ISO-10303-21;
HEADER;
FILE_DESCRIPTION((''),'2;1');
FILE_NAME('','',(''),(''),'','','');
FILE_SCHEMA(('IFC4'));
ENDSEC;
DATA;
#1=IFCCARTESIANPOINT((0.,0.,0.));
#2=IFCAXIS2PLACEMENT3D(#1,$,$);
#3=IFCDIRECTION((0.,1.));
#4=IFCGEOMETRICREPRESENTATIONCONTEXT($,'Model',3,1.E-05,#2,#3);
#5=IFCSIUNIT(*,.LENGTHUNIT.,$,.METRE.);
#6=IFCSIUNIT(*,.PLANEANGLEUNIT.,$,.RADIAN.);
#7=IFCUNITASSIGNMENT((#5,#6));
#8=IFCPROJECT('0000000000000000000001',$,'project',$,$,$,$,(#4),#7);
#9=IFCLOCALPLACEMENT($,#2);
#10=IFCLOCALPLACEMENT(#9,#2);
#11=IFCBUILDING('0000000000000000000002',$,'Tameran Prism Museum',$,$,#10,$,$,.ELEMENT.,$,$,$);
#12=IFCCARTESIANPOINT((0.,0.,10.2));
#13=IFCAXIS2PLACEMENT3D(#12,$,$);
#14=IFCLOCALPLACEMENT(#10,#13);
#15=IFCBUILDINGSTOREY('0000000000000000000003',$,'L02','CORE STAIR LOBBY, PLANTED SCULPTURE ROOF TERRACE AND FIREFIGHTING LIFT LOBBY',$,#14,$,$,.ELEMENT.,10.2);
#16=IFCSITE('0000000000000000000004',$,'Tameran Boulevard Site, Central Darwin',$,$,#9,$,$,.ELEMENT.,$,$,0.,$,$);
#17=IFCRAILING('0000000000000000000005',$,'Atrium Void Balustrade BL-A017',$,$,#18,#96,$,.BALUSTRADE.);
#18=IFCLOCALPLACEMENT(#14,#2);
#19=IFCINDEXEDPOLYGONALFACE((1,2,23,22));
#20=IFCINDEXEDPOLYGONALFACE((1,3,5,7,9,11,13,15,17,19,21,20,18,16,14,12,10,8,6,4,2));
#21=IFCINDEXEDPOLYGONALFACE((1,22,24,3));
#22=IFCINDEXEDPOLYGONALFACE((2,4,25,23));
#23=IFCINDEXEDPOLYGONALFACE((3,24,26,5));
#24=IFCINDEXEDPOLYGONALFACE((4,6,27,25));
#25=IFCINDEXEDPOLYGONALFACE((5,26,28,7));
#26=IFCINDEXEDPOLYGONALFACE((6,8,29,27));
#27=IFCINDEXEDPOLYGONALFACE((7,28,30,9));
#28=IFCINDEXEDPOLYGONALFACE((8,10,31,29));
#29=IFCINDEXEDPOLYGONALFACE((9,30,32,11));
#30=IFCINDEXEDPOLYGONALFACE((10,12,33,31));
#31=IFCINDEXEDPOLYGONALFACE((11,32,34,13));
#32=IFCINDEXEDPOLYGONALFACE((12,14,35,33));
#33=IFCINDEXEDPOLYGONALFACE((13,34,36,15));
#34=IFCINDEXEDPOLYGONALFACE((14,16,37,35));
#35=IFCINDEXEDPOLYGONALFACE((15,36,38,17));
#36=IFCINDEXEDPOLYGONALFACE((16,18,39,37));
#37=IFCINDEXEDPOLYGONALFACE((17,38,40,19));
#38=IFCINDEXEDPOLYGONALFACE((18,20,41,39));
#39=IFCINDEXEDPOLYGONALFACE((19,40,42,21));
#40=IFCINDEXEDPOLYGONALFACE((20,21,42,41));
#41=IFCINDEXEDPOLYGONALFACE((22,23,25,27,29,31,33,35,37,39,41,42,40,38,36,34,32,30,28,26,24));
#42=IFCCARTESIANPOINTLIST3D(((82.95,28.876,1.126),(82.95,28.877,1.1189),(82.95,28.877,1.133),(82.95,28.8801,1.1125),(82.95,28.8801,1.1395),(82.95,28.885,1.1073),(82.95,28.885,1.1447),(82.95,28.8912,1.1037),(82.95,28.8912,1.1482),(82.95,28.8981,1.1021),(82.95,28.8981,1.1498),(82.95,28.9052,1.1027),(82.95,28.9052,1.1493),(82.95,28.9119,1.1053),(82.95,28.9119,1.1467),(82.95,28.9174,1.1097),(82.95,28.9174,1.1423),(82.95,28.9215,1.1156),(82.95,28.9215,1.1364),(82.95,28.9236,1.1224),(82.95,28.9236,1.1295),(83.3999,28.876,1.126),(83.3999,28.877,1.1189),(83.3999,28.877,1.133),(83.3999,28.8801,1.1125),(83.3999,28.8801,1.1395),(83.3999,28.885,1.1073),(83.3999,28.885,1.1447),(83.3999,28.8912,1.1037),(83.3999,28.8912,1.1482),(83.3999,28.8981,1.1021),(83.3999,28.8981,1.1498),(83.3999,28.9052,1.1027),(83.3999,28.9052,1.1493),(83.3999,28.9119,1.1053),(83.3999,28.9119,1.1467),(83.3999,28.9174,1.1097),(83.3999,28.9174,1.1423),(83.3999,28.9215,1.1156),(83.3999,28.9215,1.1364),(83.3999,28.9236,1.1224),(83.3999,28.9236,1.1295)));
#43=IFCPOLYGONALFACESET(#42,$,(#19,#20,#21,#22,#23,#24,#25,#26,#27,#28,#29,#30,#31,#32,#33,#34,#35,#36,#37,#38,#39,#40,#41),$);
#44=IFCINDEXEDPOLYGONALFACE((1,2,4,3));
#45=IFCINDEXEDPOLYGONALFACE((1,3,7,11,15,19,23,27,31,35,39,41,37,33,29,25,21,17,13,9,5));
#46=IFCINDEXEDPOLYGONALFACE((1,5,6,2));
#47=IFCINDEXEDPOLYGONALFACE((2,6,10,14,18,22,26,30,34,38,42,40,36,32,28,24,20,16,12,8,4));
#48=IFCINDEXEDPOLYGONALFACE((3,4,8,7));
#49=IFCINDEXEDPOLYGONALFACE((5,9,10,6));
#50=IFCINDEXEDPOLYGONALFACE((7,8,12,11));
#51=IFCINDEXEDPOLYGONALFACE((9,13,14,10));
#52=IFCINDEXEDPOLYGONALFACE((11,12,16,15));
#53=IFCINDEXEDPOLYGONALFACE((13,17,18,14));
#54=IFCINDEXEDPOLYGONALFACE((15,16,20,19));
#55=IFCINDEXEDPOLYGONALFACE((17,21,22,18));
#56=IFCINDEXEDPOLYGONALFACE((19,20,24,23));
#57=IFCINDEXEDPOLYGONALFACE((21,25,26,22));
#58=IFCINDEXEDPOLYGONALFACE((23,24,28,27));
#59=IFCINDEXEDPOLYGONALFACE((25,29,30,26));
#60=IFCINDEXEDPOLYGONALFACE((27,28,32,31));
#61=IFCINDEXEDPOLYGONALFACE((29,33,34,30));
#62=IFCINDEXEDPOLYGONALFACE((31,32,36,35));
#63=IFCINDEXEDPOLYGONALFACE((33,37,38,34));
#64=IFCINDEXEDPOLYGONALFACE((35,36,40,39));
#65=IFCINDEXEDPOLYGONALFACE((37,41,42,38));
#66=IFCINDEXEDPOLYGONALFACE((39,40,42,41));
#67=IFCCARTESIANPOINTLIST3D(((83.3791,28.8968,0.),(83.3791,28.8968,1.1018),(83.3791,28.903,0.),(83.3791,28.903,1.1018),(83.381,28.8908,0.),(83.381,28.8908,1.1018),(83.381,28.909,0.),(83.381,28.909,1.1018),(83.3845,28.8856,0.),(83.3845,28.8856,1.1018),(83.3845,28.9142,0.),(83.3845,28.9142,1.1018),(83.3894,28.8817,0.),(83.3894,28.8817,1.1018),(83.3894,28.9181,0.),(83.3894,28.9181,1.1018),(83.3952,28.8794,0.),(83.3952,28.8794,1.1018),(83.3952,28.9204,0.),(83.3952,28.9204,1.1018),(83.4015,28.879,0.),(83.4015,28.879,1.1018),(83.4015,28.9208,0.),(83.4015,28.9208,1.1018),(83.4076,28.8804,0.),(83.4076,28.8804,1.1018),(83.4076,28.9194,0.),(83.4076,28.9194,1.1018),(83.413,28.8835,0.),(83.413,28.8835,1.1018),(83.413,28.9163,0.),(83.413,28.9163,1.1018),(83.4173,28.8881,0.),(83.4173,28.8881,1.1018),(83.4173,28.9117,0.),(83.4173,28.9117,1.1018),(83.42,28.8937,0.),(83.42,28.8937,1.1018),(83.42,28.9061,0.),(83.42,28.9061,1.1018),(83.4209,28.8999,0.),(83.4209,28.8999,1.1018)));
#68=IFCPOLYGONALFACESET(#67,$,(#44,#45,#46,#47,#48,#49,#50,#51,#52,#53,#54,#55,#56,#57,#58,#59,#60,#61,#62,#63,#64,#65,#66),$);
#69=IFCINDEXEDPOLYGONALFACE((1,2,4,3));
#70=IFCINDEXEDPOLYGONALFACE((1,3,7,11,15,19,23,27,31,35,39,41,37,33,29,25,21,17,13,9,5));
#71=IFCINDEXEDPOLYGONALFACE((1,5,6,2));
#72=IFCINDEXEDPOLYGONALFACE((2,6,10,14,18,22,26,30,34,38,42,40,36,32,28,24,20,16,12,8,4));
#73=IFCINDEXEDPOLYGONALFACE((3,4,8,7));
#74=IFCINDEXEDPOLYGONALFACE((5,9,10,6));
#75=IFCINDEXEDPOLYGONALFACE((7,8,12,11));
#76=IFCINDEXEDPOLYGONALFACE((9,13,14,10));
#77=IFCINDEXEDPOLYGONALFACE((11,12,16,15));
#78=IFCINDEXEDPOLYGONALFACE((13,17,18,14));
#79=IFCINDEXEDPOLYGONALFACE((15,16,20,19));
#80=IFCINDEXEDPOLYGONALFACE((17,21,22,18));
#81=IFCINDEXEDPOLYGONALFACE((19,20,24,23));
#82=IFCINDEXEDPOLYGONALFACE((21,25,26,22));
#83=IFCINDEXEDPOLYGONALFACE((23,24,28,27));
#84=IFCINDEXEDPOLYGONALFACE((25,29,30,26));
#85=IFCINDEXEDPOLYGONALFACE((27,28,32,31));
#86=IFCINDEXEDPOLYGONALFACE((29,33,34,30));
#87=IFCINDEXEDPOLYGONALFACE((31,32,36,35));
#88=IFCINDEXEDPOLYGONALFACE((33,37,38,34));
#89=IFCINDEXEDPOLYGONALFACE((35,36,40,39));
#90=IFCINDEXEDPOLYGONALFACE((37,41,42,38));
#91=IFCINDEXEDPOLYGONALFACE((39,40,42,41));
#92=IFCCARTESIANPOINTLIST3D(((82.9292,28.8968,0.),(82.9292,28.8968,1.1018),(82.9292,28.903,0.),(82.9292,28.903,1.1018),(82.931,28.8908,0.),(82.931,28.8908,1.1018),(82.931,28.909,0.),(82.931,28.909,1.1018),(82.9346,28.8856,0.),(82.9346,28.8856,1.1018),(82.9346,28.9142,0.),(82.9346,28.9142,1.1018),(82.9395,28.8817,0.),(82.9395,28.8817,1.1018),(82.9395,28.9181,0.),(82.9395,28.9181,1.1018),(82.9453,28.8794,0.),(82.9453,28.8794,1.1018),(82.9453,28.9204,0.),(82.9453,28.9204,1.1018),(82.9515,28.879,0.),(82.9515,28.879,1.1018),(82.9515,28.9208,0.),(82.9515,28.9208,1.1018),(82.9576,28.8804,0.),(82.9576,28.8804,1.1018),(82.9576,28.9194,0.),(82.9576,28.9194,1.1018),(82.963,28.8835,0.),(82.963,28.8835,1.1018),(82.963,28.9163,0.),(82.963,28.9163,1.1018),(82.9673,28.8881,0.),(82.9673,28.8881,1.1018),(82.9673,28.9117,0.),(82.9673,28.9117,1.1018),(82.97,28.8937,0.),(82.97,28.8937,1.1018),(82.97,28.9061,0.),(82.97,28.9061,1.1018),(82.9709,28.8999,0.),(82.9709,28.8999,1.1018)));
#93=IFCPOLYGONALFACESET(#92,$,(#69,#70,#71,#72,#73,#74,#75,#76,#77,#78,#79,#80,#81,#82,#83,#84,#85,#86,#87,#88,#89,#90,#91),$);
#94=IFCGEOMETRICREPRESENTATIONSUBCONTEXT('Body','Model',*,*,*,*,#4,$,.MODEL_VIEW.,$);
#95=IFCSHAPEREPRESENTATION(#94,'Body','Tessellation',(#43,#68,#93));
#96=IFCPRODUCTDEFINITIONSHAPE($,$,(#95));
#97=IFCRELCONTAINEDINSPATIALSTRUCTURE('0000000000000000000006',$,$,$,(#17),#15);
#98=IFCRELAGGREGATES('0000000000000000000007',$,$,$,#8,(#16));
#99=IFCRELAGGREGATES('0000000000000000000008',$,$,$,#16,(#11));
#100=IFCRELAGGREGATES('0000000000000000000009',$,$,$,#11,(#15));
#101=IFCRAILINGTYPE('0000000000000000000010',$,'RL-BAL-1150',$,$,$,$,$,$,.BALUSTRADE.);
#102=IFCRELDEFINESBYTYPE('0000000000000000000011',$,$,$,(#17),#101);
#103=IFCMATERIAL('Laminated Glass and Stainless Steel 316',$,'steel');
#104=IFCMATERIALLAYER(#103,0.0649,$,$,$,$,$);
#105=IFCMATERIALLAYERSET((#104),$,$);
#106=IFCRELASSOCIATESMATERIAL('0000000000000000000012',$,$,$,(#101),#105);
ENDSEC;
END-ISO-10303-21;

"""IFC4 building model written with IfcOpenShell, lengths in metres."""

from ifc_helpers import new_model, si_unit, direction, frame, origin, origin_2d, place, context, subcontext, project, spatial, circle, extrude, material, layer, layer_set, type_object, element, save


model = new_model("IFC4")

# Units and contexts
model_context = context("Model", 3, precision=1e-05, world=origin(), true_north=direction((0.0, 1.0)))
body_context = subcontext(model_context, "Body", "Model", "MODEL_VIEW")
ifc_project = project(units=[si_unit("LENGTHUNIT", "METRE"), si_unit("PLANEANGLEUNIT", "RADIAN")], contexts=[model_context])

# Site, building, storey
site_placement = place(None, origin())
site = spatial("IfcSite", under=ifc_project, at=site_placement, Name="Tameran Boulevard Site, Central Darwin", CompositionType="ELEMENT", RefElevation=0.0)
building_placement = place(site_placement, origin())
building = spatial("IfcBuilding", under=site, at=building_placement, Name="Tameran Prism Museum", CompositionType="ELEMENT")
storey_placement = place(building_placement, frame((0.0, 0.0, 10.2)))
storey = spatial("IfcBuildingStorey", under=building, at=storey_placement, Name="L02", Description="CORE STAIR LOBBY, PLANTED SCULPTURE ROOF TERRACE AND FIREFIGHTING LIFT LOBBY", CompositionType="ELEMENT", Elevation=10.2)

# Railing
ifc_material_1 = material(Name="Laminated Glass and Stainless Steel 316", Category="steel")
ifc_layer_1 = layer(ifc_material_1, 0.0649)
ifc_layer_set_1 = layer_set([ifc_layer_1])
railing_type = type_object("IfcRailingType", Name="RL-BAL-1150", PredefinedType="BALUSTRADE", material=ifc_layer_set_1)
railing_1_placement = place(storey_placement, frame((83.3999, 28.8999, 0.0)))
element("IfcRailing", 1, at=railing_1_placement, inside=storey, type_object=railing_type, Name="Atrium Void Balustrade BL-A017", PredefinedType="BALUSTRADE", context=body_context, shape_type="SweptSolid", body=[
    extrude(circle(Radius=0.0239, at=origin_2d()), frame((0.0, 0.0, 1.126), z_axis=(-1.0, 0.0, 0.0), x_axis=(0.0, -1.0, 0.0)), (0.0, 0.0, 1.0), 0.45),
    extrude(circle(Radius=0.021, at=origin_2d()), origin(), (0.0, 0.0, 1.0), 1.1018),
    extrude(circle(Radius=0.021, at=origin_2d()), frame((-0.45, 0.0, 0.0)), (0.0, 0.0, 1.0), 1.1018),
])

save(model, "model.ifc")
